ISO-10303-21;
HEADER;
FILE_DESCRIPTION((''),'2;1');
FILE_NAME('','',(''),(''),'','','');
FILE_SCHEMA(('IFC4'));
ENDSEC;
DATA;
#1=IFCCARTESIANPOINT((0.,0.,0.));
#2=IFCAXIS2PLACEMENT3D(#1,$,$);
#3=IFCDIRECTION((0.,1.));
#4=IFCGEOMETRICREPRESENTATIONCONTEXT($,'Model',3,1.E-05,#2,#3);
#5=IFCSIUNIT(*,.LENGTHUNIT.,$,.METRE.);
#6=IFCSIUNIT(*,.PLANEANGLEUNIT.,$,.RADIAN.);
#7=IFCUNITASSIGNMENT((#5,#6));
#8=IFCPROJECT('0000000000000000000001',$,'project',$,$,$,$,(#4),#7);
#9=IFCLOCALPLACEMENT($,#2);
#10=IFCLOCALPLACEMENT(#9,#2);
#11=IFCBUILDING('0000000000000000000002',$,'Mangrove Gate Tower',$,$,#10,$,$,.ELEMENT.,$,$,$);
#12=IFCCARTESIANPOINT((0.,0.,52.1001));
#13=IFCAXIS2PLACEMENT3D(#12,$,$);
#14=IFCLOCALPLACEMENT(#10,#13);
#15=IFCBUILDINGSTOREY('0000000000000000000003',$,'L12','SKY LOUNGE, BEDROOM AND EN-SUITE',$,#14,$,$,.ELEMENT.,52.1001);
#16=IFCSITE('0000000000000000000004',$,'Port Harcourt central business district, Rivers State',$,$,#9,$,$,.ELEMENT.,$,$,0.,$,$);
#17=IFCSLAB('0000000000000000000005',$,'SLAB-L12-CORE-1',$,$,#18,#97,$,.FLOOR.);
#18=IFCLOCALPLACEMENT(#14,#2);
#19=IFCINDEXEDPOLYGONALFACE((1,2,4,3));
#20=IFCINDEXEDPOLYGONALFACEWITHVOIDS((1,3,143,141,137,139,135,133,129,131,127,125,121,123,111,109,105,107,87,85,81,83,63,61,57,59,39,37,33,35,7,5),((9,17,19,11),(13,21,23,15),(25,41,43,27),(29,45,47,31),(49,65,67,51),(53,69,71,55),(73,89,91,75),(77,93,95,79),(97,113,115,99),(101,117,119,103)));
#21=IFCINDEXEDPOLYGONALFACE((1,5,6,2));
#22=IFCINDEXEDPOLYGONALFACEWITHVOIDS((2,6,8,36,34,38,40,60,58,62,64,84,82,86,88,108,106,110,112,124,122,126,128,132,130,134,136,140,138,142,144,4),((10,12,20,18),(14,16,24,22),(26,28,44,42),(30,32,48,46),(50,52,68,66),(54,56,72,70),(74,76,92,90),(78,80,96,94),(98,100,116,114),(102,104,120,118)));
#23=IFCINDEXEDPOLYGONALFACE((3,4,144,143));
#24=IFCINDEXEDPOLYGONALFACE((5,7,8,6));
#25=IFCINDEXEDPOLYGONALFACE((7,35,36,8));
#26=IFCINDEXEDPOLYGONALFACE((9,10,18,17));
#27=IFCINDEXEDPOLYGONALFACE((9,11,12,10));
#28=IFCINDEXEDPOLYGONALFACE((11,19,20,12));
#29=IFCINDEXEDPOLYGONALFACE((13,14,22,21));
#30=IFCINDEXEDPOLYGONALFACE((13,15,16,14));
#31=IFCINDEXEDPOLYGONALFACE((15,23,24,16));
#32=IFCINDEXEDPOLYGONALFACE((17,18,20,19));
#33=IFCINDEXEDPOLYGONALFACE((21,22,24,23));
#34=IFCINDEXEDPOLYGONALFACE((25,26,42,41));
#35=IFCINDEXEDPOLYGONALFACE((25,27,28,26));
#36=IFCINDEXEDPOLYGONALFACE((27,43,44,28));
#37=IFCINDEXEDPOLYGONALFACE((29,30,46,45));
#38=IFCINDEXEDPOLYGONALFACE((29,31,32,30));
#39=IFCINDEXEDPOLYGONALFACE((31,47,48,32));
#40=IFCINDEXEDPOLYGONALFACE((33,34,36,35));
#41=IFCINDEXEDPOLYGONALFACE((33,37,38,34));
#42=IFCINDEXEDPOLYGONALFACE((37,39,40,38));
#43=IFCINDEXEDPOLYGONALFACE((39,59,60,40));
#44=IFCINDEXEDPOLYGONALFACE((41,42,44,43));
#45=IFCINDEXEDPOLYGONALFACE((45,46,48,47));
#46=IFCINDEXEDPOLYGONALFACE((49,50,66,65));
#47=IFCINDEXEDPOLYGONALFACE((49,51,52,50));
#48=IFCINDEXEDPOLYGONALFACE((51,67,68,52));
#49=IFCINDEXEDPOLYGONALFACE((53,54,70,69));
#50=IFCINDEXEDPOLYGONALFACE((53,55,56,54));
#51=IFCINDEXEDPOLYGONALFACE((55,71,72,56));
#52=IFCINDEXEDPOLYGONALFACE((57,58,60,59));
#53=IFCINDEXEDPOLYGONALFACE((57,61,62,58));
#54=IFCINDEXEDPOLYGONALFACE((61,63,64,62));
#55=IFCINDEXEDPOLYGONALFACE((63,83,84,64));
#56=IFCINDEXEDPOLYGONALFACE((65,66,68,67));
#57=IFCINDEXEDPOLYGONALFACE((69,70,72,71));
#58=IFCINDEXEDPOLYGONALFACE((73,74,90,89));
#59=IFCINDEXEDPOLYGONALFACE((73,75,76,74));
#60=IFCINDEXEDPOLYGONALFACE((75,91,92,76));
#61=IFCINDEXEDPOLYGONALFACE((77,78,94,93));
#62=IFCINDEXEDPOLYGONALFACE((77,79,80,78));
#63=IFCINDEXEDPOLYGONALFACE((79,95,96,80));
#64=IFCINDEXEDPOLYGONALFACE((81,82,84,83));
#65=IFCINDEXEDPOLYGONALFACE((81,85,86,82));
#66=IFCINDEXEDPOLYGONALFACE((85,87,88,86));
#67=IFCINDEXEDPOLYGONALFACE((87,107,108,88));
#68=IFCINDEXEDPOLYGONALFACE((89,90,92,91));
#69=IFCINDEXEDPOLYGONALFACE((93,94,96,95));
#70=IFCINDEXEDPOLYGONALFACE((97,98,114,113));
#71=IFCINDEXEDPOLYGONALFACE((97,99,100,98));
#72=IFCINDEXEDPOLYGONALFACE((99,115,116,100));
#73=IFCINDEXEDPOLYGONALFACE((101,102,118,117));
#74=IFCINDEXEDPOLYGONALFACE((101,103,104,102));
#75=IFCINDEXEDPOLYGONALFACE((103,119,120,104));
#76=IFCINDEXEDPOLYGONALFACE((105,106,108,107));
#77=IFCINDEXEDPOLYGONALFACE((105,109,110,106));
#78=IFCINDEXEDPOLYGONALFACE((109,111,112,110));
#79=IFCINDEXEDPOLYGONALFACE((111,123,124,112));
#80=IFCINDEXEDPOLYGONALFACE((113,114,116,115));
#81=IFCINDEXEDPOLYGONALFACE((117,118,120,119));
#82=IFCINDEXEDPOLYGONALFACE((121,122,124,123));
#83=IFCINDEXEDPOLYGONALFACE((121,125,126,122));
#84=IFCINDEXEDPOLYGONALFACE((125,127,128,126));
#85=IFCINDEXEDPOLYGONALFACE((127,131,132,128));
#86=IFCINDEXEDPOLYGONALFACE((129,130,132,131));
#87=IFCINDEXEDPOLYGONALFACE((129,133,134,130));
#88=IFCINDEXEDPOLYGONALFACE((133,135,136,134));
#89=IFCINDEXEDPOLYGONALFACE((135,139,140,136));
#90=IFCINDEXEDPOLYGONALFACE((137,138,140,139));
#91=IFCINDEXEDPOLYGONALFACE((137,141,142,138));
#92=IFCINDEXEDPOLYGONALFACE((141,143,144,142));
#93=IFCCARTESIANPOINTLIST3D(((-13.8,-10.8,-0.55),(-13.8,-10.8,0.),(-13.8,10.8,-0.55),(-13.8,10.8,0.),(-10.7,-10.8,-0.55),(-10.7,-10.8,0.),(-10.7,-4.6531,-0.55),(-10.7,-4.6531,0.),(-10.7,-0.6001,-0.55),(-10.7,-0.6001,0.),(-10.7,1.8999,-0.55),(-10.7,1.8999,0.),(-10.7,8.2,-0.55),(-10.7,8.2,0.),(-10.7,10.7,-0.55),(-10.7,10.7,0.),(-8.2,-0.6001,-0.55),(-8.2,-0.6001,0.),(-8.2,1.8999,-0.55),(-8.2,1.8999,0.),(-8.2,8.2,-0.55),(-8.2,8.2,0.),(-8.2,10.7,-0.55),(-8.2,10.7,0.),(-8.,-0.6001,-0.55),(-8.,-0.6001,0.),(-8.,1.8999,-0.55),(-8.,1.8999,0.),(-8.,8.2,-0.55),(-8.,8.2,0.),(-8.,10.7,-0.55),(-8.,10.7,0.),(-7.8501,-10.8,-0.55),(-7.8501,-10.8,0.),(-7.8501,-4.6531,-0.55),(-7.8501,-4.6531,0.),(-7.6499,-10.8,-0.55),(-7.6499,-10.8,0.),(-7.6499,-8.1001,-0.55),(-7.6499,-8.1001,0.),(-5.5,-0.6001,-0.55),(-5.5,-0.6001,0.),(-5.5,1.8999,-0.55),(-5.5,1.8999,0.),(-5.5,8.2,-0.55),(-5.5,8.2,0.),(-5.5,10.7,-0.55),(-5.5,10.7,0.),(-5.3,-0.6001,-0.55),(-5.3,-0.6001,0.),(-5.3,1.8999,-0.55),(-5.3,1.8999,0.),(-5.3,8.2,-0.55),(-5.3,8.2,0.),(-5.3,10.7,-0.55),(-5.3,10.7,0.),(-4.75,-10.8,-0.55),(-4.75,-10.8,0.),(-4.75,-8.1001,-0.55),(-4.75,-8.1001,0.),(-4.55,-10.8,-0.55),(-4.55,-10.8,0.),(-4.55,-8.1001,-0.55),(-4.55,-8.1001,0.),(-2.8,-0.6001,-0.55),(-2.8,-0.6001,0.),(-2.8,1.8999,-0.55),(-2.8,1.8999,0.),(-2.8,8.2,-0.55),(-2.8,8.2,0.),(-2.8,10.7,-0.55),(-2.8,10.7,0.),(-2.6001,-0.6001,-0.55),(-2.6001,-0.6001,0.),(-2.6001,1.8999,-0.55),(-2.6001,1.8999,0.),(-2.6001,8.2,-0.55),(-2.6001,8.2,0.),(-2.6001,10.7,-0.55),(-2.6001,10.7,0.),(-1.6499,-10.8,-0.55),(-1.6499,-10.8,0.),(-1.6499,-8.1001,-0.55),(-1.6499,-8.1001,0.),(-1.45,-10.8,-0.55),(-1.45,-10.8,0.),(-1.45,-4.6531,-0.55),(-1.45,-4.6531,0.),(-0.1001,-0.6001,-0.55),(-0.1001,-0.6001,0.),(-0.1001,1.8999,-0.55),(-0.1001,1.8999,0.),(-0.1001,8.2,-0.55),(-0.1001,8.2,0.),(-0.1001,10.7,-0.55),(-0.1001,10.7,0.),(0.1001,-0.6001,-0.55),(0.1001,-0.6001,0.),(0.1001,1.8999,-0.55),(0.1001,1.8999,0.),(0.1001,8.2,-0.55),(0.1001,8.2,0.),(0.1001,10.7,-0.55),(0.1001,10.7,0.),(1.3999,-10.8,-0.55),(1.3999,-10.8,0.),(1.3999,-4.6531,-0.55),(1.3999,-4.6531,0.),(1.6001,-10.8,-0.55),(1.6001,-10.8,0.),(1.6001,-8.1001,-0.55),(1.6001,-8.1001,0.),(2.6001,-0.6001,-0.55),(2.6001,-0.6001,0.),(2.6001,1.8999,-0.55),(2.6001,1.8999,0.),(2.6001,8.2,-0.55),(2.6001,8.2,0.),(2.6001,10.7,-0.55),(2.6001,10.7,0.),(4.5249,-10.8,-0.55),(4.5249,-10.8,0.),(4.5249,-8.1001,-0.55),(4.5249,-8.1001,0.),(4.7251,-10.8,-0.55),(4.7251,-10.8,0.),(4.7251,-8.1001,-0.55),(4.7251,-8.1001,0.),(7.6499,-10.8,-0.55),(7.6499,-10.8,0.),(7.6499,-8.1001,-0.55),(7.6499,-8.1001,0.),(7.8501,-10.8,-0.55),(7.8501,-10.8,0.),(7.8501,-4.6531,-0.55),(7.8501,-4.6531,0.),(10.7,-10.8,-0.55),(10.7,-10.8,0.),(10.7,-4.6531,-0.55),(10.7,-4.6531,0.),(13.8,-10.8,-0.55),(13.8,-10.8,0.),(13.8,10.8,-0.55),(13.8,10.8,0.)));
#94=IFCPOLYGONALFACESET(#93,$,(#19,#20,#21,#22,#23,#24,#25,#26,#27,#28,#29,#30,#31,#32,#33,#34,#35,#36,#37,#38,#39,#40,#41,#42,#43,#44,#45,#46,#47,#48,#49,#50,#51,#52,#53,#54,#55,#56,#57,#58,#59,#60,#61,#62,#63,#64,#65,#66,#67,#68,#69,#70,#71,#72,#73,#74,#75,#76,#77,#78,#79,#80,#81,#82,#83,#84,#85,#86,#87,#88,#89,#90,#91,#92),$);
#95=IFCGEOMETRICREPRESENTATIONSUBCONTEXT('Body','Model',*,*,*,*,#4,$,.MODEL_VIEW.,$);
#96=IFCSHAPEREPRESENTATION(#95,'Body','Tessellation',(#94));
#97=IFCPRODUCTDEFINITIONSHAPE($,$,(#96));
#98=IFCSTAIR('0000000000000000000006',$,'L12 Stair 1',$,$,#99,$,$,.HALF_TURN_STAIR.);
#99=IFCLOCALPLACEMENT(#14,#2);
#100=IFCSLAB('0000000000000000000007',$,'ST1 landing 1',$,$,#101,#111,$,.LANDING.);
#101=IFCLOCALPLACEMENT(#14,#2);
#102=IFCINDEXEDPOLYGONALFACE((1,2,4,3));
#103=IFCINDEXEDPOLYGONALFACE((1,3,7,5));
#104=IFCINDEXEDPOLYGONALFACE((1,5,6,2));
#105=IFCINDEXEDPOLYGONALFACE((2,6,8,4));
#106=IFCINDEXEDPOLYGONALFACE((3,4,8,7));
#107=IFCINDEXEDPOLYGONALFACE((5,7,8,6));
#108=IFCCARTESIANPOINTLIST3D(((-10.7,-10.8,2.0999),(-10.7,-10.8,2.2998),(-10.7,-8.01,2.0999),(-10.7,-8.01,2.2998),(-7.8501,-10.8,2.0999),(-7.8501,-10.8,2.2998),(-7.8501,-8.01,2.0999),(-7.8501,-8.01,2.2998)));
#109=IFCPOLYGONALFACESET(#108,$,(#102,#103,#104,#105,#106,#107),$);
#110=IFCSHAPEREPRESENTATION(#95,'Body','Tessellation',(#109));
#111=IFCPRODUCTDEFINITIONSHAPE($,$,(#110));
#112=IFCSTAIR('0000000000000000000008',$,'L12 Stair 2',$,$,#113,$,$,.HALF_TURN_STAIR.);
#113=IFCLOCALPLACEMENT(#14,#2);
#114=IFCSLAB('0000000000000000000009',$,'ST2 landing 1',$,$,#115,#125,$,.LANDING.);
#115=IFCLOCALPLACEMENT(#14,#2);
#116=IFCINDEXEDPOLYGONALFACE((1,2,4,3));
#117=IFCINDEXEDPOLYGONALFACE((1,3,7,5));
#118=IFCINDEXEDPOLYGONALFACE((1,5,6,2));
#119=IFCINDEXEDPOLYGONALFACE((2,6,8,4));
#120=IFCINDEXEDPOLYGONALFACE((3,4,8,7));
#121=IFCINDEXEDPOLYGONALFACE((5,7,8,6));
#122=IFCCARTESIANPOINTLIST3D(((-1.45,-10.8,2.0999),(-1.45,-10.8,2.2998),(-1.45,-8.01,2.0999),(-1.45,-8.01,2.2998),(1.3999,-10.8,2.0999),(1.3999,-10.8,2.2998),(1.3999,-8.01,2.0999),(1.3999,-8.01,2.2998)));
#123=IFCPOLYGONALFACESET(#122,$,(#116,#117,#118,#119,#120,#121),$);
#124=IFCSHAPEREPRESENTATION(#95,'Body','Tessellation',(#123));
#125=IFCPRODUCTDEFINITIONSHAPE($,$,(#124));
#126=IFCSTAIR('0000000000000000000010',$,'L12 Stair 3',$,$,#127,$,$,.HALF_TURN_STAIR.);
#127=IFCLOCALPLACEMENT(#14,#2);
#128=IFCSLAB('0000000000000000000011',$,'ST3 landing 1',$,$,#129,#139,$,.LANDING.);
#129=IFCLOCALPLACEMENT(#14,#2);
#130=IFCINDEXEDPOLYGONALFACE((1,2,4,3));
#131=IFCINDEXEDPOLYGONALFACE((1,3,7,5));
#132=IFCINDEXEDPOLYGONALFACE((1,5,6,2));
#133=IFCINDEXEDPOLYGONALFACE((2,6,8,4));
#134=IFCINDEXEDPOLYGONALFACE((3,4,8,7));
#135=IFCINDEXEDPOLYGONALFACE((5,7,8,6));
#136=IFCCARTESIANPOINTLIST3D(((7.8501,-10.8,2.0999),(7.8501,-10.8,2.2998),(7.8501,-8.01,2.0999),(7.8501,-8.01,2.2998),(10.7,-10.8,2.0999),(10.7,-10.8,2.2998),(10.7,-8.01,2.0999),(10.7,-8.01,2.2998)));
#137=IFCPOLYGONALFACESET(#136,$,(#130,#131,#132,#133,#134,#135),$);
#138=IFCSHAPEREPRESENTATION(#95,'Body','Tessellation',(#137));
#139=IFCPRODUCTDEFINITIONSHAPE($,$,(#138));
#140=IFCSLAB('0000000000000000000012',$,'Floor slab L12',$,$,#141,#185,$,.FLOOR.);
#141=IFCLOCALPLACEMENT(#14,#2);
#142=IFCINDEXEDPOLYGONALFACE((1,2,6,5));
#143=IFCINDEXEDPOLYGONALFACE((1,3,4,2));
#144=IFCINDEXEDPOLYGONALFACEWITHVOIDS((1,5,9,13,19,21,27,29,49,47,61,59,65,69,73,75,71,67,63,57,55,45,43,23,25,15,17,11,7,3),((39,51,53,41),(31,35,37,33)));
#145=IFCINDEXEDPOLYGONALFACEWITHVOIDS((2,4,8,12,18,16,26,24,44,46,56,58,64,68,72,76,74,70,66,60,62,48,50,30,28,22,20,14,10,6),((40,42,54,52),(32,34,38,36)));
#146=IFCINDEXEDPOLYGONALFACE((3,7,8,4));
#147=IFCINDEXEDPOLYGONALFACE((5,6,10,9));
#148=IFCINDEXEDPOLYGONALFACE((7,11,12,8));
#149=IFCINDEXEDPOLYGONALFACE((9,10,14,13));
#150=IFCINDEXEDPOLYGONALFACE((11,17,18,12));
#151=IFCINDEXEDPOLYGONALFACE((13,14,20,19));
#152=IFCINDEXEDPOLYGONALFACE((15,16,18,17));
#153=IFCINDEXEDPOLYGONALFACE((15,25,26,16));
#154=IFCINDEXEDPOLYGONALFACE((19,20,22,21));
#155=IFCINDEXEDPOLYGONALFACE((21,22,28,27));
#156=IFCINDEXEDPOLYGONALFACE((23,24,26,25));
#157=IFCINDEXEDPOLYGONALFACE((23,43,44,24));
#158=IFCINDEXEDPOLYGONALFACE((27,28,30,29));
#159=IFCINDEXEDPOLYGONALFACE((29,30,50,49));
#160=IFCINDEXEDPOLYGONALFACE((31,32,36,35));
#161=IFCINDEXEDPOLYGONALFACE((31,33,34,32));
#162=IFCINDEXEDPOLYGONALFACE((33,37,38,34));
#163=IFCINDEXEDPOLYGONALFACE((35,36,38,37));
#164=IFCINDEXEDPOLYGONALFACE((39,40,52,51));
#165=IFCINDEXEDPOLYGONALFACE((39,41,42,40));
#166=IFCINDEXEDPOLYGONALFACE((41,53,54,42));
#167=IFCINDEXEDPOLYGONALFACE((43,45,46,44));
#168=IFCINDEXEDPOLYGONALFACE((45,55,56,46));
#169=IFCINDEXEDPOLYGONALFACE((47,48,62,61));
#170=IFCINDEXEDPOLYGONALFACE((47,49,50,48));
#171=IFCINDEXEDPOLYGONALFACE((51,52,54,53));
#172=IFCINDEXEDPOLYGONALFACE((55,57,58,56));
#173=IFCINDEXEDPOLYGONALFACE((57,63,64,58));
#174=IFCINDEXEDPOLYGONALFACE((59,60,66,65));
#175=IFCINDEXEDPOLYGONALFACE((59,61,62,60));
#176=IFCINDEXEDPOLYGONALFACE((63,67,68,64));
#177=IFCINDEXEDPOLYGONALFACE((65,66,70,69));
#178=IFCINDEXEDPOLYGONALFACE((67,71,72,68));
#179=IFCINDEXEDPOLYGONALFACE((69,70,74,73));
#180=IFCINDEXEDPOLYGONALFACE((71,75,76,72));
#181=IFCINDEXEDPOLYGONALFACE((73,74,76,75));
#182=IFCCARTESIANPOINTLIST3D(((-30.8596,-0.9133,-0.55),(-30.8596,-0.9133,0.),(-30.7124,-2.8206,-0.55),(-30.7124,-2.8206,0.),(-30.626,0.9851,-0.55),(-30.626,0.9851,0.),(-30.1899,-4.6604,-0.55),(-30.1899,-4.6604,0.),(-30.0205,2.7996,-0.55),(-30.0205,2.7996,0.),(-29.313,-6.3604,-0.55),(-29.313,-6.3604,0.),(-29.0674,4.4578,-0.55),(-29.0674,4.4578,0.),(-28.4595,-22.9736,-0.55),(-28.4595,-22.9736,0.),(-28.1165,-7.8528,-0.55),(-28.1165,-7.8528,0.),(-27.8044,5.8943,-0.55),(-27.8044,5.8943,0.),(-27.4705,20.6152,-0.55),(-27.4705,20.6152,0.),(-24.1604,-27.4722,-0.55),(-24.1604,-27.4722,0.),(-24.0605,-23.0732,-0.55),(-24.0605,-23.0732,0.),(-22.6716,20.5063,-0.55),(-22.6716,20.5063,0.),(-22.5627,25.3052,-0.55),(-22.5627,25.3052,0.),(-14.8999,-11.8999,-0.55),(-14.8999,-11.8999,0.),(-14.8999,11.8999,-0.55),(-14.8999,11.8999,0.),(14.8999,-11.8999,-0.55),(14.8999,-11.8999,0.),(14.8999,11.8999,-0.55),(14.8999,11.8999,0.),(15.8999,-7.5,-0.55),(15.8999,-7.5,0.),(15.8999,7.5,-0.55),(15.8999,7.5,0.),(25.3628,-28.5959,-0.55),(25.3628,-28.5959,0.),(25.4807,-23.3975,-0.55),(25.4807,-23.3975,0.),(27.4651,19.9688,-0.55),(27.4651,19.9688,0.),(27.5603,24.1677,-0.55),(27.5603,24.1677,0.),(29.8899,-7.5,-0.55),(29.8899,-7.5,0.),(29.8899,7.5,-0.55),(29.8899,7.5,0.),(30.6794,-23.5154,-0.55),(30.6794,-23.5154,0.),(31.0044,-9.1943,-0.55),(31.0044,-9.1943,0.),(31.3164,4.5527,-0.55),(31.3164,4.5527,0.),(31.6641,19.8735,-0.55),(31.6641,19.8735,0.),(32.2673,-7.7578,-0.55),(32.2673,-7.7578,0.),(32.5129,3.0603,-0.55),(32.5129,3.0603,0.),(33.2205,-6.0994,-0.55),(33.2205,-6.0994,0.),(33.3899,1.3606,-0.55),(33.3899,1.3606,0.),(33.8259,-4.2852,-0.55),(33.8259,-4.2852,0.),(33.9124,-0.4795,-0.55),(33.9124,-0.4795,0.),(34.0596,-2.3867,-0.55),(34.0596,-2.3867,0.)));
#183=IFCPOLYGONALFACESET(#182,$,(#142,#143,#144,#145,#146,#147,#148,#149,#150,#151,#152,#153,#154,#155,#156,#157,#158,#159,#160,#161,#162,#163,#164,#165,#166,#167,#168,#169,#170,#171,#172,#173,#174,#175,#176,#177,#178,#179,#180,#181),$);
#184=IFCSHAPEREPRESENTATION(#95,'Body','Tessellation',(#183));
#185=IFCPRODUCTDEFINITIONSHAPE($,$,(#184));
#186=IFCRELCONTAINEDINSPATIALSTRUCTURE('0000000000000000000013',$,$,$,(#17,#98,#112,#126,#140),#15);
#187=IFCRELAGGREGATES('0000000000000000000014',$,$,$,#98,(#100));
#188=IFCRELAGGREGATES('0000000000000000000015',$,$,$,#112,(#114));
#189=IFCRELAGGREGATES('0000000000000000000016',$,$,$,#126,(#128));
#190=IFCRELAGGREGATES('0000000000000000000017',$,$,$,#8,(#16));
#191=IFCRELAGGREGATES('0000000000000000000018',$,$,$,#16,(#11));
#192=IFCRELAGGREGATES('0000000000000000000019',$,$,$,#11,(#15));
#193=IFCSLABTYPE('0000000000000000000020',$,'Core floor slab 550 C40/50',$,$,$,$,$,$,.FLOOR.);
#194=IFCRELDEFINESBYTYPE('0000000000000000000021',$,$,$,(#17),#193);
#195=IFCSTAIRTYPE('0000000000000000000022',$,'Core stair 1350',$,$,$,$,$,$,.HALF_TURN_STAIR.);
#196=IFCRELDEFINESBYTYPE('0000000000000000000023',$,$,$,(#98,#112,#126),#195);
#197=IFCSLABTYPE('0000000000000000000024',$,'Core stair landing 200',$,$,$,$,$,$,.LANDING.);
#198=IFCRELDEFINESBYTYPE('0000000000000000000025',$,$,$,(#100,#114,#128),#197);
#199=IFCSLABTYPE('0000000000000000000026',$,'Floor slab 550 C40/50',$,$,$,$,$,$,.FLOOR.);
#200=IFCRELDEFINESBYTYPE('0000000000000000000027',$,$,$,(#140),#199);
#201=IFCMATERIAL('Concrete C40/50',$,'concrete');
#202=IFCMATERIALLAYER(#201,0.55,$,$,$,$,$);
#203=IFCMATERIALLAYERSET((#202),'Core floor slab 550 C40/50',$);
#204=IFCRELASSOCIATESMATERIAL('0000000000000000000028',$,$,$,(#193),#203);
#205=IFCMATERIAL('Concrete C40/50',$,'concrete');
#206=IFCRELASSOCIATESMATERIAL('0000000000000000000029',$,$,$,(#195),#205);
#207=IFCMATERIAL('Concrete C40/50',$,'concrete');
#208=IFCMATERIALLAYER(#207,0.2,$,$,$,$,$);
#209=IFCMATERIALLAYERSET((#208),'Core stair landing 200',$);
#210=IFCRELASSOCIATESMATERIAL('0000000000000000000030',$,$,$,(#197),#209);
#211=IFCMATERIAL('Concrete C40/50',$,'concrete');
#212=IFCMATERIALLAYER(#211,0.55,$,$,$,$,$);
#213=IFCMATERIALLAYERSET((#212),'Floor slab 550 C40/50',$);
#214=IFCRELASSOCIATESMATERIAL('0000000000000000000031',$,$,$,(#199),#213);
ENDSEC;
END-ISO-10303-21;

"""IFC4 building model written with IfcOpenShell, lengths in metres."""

from ifc_helpers import new_model, si_unit, direction, frame, origin, place, context, subcontext, project, spatial, polyline, outline, extrude, material, layer, layer_set, type_object, element, aggregate, save


model = new_model("IFC4")

# Units and contexts
model_context = context("Model", 3, precision=1e-05, world=origin(), true_north=direction((0.0, 1.0)))
body_context = subcontext(model_context, "Body", "Model", "MODEL_VIEW")
ifc_project = project(units=[si_unit("LENGTHUNIT", "METRE"), si_unit("PLANEANGLEUNIT", "RADIAN")], contexts=[model_context])

# Site, building, storey
site_placement = place(None, origin())
site = spatial("IfcSite", under=ifc_project, at=site_placement, Name="Port Harcourt central business district, Rivers State", CompositionType="ELEMENT", RefElevation=0.0)
building_placement = place(site_placement, origin())
building = spatial("IfcBuilding", under=site, at=building_placement, Name="Mangrove Gate Tower", CompositionType="ELEMENT")
storey_placement = place(building_placement, frame((0.0, 0.0, 52.1001)))
storey = spatial("IfcBuildingStorey", under=building, at=storey_placement, Name="L12", Description="SKY LOUNGE, BEDROOM AND EN-SUITE", CompositionType="ELEMENT", Elevation=52.1001)

# Slab
ifc_material_1 = material(Name="Concrete C40/50", Category="concrete")
ifc_layer_1 = layer(ifc_material_1, 0.55)
ifc_layer_set_1 = layer_set([ifc_layer_1], Name="Core floor slab 550 C40/50")
slab_type_1 = type_object("IfcSlabType", Name="Core floor slab 550 C40/50", PredefinedType="FLOOR", material=ifc_layer_set_1)
slab_1_placement = place(storey_placement, frame((0.0, 0.0, -0.55)))
element("IfcSlab", 1, at=slab_1_placement, inside=storey, type_object=slab_type_1, Name="SLAB-L12-CORE-1", PredefinedType="FLOOR", context=body_context, shape_type="SweptSolid", body=[
    extrude(outline(polyline([(-13.8, -10.8), (-13.8, 10.8), (13.8, 10.8), (13.8, -10.8), (10.7, -10.8), (10.7, -4.6531), (7.8501, -4.6531), (7.8501, -10.8), (7.6499, -10.8), (7.6499, -8.1001), (4.7251, -8.1001), (4.7251, -10.8), (4.5249, -10.8), (4.5249, -8.1001), (1.6001, -8.1001), (1.6001, -10.8), (1.3999, -10.8), (1.3999, -4.6531), (-1.45, -4.6531), (-1.45, -10.8), (-1.6499, -10.8), (-1.6499, -8.1001), (-4.55, -8.1001), (-4.55, -10.8), (-4.75, -10.8), (-4.75, -8.1001), (-7.6499, -8.1001), (-7.6499, -10.8), (-7.8501, -10.8), (-7.8501, -4.6531), (-10.7, -4.6531), (-10.7, -10.8), (-13.8, -10.8)]), holes=[polyline([(-8.2, -0.6001), (-8.2, 1.8999), (-10.7, 1.8999), (-10.7, -0.6001), (-8.2, -0.6001)]), polyline([(-5.5, -0.6001), (-5.5, 1.8999), (-8.0, 1.8999), (-8.0, -0.6001), (-5.5, -0.6001)]), polyline([(-2.8, -0.6001), (-2.8, 1.8999), (-5.3, 1.8999), (-5.3, -0.6001), (-2.8, -0.6001)]), polyline([(-8.2, 8.2), (-8.2, 10.7), (-10.7, 10.7), (-10.7, 8.2), (-8.2, 8.2)]), polyline([(-5.5, 8.2), (-5.5, 10.7), (-8.0, 10.7), (-8.0, 8.2), (-5.5, 8.2)]), polyline([(-2.8, 8.2), (-2.8, 10.7), (-5.3, 10.7), (-5.3, 8.2), (-2.8, 8.2)]), polyline([(-0.1001, -0.6001), (-0.1001, 1.8999), (-2.6001, 1.8999), (-2.6001, -0.6001), (-0.1001, -0.6001)]), polyline([(2.6001, -0.6001), (2.6001, 1.8999), (0.1001, 1.8999), (0.1001, -0.6001), (2.6001, -0.6001)]), polyline([(-2.6001, 8.2), (-0.1001, 8.2), (-0.1001, 10.7), (-2.6001, 10.7), (-2.6001, 8.2)]), polyline([(0.1001, 8.2), (2.6001, 8.2), (2.6001, 10.7), (0.1001, 10.7), (0.1001, 8.2)])]), origin(), (0.0, 0.0, 1.0), 0.55),
])

# Stairs, slabs
ifc_material_2 = material(Name="Concrete C40/50", Category="concrete")
stair_type = type_object("IfcStairType", Name="Core stair 1350", PredefinedType="HALF_TURN_STAIR", material=ifc_material_2)
stair_1_placement = place(storey_placement, origin())
stair_1 = element("IfcStair", 2, at=stair_1_placement, inside=storey, type_object=stair_type, Name="L12 Stair 1", PredefinedType="HALF_TURN_STAIR")
ifc_material_3 = material(Name="Concrete C40/50", Category="concrete")
ifc_layer_2 = layer(ifc_material_3, 0.2)
ifc_layer_set_2 = layer_set([ifc_layer_2], Name="Core stair landing 200")
slab_type_2 = type_object("IfcSlabType", Name="Core stair landing 200", PredefinedType="LANDING", material=ifc_layer_set_2)
slab_2_placement = place(storey_placement, frame((0.0, 0.0, 2.0999)))
slab_2 = element("IfcSlab", 3, at=slab_2_placement, type_object=slab_type_2, Name="ST1 landing 1", PredefinedType="LANDING", context=body_context, shape_type="SweptSolid", body=[
    extrude(outline(polyline([(-10.7, -8.01), (-10.7, -10.8), (-7.8501, -10.8), (-7.8501, -8.01), (-10.7, -8.01)])), origin(), (0.0, 0.0, 1.0), 0.2),
])
aggregate(stair_1, [slab_2])
stair_2_placement = place(storey_placement, origin())
stair_2 = element("IfcStair", 4, at=stair_2_placement, inside=storey, type_object=stair_type, Name="L12 Stair 2", PredefinedType="HALF_TURN_STAIR")
slab_3_placement = place(storey_placement, frame((0.0, 0.0, 2.0999)))
slab_3 = element("IfcSlab", 5, at=slab_3_placement, type_object=slab_type_2, Name="ST2 landing 1", PredefinedType="LANDING", context=body_context, shape_type="SweptSolid", body=[
    extrude(outline(polyline([(-1.45, -8.01), (-1.45, -10.8), (1.3999, -10.8), (1.3999, -8.01), (-1.45, -8.01)])), origin(), (0.0, 0.0, 1.0), 0.2),
])
aggregate(stair_2, [slab_3])
stair_3_placement = place(storey_placement, origin())
stair_3 = element("IfcStair", 6, at=stair_3_placement, inside=storey, type_object=stair_type, Name="L12 Stair 3", PredefinedType="HALF_TURN_STAIR")
slab_4_placement = place(storey_placement, frame((0.0, 0.0, 2.0999)))
slab_4 = element("IfcSlab", 7, at=slab_4_placement, type_object=slab_type_2, Name="ST3 landing 1", PredefinedType="LANDING", context=body_context, shape_type="SweptSolid", body=[
    extrude(outline(polyline([(7.8501, -8.01), (7.8501, -10.8), (10.7, -10.8), (10.7, -8.01), (7.8501, -8.01)])), origin(), (0.0, 0.0, 1.0), 0.2),
])
aggregate(stair_3, [slab_4])

# Slab
ifc_material_4 = material(Name="Concrete C40/50", Category="concrete")
ifc_layer_3 = layer(ifc_material_4, 0.55)
ifc_layer_set_3 = layer_set([ifc_layer_3], Name="Floor slab 550 C40/50")
slab_type_3 = type_object("IfcSlabType", Name="Floor slab 550 C40/50", PredefinedType="FLOOR", material=ifc_layer_set_3)
slab_5_placement = place(storey_placement, frame((0.0, 0.0, -0.55)))
element("IfcSlab", 8, at=slab_5_placement, inside=storey, type_object=slab_type_3, Name="Floor slab L12", PredefinedType="FLOOR", context=body_context, shape_type="SweptSolid", body=[
    extrude(outline(polyline([(-24.1604, -27.4722), (25.3628, -28.5959), (25.4807, -23.3975), (30.6794, -23.5154), (31.0044, -9.1943), (32.2673, -7.7578), (33.2205, -6.0994), (33.8259, -4.2852), (34.0596, -2.3867), (33.9124, -0.4795), (33.3899, 1.3606), (32.5129, 3.0603), (31.3164, 4.5527), (31.6641, 19.8735), (27.4651, 19.9688), (27.5603, 24.1677), (-22.5627, 25.3052), (-22.6716, 20.5063), (-27.4705, 20.6152), (-27.8044, 5.8943), (-29.0674, 4.4578), (-30.0205, 2.7996), (-30.626, 0.9851), (-30.8596, -0.9133), (-30.7124, -2.8206), (-30.1899, -4.6604), (-29.313, -6.3604), (-28.1165, -7.8528), (-28.4595, -22.9736), (-24.0605, -23.0732), (-24.1604, -27.4722)]), holes=[polyline([(15.8999, 7.5), (29.8899, 7.5), (29.8899, -7.5), (15.8999, -7.5), (15.8999, 7.5)]), polyline([(-14.8999, -11.8999), (-14.8999, 11.8999), (14.8999, 11.8999), (14.8999, -11.8999), (-14.8999, -11.8999)])]), origin(), (0.0, 0.0, 1.0), 0.55),
])

save(model, "model.ifc")
